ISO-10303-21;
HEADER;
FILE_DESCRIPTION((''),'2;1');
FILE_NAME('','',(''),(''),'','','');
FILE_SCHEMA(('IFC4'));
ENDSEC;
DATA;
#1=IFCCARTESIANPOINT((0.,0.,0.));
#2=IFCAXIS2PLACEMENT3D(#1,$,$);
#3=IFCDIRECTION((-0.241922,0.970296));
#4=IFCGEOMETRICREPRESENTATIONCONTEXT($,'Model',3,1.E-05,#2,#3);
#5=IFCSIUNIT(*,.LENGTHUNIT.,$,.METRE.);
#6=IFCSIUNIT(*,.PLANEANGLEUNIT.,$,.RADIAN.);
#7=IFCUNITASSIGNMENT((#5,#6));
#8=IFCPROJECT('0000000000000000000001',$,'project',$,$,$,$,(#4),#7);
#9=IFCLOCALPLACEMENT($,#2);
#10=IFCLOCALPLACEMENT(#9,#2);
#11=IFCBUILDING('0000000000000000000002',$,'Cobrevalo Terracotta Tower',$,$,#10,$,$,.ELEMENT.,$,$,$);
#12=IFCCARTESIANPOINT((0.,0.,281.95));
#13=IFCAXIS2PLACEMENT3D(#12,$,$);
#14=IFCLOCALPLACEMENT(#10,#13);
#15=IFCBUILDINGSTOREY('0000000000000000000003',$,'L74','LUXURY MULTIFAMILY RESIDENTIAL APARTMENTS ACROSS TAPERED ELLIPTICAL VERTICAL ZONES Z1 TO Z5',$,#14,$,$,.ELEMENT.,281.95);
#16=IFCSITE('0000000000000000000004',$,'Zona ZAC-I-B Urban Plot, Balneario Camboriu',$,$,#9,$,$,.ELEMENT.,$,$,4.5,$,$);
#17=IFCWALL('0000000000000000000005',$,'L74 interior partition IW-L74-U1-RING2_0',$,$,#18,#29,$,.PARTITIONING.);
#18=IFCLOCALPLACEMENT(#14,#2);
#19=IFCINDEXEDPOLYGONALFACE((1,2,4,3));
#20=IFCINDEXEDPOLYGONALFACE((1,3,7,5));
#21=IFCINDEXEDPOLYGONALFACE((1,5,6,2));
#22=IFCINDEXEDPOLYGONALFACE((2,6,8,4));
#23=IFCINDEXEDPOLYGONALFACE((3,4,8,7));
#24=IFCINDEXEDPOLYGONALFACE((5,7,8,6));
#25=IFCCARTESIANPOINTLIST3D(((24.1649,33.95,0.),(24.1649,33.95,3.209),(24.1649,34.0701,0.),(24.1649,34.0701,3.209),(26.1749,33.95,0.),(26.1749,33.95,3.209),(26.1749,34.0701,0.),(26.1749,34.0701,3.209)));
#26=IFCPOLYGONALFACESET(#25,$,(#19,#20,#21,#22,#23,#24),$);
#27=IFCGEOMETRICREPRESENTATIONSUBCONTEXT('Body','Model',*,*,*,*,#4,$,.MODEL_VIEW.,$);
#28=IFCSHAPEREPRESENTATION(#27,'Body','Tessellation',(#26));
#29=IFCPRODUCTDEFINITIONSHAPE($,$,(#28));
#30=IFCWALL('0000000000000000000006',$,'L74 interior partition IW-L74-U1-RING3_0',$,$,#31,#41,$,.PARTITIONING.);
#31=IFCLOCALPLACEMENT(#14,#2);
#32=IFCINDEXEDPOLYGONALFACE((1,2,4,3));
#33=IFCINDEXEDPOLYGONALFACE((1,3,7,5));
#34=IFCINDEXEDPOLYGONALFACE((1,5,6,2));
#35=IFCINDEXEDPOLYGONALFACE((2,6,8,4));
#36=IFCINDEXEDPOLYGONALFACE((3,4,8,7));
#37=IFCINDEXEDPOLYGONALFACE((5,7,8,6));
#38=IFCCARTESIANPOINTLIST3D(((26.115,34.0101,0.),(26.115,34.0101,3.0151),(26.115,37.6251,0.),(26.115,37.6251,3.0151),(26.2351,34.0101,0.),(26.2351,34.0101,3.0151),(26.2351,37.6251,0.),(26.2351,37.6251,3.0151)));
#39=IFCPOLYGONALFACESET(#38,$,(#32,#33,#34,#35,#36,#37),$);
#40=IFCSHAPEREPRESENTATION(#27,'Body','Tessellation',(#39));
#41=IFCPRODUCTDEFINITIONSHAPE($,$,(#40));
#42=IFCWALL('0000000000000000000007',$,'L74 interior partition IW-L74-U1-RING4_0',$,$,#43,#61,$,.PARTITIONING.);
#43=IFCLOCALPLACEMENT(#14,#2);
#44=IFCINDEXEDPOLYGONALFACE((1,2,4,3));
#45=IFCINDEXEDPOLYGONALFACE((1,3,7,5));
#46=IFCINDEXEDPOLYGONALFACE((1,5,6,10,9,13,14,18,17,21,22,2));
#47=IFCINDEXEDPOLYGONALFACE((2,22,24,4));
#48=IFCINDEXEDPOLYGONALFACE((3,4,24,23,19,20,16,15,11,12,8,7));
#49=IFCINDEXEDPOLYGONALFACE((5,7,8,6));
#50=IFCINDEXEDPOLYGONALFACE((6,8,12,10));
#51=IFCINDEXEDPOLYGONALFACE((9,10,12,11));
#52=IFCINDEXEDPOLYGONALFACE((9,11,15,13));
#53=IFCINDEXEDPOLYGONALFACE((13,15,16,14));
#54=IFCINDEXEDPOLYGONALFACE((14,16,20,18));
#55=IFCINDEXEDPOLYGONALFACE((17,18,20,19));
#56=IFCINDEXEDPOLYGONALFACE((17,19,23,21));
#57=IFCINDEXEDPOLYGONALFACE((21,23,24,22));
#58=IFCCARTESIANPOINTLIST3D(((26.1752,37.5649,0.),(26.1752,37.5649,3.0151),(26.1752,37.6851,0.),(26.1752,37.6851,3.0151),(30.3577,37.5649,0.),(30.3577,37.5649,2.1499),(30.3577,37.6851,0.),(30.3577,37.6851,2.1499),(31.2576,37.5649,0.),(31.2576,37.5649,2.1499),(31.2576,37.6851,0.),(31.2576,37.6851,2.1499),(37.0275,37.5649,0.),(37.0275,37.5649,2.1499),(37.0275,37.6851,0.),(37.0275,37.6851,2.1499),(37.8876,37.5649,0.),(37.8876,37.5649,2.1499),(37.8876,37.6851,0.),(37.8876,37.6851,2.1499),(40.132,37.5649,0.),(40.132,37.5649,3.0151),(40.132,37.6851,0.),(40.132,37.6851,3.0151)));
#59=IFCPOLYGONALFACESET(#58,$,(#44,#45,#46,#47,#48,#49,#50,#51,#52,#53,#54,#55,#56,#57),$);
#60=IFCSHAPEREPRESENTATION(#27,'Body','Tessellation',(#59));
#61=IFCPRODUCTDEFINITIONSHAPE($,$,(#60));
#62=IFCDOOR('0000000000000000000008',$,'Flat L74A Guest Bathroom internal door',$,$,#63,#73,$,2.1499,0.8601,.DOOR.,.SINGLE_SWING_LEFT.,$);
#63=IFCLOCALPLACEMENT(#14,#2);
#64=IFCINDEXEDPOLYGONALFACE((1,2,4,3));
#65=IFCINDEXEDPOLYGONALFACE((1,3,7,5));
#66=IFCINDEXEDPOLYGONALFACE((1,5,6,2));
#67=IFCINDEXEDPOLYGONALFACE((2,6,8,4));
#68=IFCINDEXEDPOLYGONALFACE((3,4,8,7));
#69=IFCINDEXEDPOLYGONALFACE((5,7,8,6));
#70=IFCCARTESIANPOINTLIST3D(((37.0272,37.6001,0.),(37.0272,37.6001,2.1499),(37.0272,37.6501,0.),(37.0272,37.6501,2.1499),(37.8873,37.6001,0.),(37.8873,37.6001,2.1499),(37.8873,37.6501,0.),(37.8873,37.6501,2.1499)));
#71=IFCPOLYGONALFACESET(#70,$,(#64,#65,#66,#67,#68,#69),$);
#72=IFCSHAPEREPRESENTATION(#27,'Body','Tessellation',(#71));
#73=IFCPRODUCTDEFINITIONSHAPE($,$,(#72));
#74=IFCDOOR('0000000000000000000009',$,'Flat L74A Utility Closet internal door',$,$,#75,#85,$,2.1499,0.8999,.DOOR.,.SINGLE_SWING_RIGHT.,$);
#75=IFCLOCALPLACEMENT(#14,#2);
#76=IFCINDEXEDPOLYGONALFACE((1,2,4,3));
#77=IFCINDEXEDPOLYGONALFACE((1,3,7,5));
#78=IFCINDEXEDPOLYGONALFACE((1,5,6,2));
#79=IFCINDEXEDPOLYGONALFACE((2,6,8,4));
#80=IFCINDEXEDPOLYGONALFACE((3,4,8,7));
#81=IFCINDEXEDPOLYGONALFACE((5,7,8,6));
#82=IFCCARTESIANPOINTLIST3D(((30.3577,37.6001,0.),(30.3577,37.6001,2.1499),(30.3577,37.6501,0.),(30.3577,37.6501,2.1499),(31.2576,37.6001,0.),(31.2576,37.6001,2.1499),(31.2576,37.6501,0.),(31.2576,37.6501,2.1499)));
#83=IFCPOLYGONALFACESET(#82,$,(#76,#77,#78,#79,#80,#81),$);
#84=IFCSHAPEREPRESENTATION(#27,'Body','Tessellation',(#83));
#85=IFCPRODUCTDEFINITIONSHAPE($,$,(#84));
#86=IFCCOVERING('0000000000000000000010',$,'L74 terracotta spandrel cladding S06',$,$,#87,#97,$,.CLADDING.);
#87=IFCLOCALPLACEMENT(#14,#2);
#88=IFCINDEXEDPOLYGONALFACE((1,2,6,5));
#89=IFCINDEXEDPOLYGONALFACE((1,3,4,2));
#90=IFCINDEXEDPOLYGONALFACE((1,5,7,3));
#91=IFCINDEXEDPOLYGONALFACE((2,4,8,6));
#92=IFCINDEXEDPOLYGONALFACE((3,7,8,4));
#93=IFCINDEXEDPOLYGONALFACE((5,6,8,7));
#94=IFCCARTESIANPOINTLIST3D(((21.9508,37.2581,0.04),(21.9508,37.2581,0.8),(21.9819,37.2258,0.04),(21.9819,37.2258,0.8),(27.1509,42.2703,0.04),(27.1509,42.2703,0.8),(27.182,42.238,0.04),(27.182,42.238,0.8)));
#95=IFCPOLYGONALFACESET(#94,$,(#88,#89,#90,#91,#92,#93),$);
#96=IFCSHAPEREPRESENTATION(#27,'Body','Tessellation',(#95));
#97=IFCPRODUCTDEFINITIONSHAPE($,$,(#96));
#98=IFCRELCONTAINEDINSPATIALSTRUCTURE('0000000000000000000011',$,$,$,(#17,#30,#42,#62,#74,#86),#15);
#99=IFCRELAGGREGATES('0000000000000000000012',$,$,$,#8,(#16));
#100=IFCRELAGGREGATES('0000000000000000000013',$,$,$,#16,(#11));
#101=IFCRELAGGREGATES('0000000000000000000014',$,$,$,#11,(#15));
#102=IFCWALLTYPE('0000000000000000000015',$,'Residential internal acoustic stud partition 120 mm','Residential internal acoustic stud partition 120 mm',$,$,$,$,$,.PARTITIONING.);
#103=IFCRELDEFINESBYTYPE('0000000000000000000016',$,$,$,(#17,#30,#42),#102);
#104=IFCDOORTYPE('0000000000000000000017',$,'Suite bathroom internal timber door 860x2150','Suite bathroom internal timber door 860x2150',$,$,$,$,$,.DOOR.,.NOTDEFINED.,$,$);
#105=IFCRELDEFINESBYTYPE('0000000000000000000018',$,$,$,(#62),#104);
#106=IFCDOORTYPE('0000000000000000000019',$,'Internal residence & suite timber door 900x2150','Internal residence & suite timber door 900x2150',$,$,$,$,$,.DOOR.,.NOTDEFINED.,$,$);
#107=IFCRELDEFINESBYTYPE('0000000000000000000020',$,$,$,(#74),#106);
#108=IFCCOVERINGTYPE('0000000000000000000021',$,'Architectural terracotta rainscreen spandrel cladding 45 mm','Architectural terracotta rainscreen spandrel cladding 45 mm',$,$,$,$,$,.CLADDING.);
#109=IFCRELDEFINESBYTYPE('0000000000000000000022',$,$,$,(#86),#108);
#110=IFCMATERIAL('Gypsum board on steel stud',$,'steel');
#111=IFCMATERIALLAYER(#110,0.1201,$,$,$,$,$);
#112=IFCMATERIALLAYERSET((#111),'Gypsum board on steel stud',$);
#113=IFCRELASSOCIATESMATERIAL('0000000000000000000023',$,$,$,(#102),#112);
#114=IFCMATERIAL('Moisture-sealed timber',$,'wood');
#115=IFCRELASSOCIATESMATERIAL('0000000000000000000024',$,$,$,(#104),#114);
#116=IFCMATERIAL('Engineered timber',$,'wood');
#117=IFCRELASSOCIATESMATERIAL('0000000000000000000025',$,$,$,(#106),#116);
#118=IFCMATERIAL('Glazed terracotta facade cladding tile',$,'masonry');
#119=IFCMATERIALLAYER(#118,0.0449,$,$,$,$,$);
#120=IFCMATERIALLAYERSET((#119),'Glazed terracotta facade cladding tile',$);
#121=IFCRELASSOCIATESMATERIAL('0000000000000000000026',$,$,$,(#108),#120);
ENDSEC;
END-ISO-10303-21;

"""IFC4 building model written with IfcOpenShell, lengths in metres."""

from ifc_helpers import new_model, si_unit, direction, frame, frame_2d, origin, origin_2d, place, context, subcontext, project, spatial, rectangle, extrude, source, transform, mapped, material, layer, layer_set, type_object, element, fill, save


model = new_model("IFC4")

# Units and contexts
model_context = context("Model", 3, precision=1e-05, world=origin(), true_north=direction((-0.241922, 0.970296)))
body_context = subcontext(model_context, "Body", "Model", "MODEL_VIEW")
ifc_project = project(units=[si_unit("LENGTHUNIT", "METRE"), si_unit("PLANEANGLEUNIT", "RADIAN")], contexts=[model_context])

# Site, building, storey
site_placement = place(None, origin())
site = spatial("IfcSite", under=ifc_project, at=site_placement, Name="Zona ZAC-I-B Urban Plot, Balneario Camboriu", CompositionType="ELEMENT", RefElevation=4.5)
building_placement = place(site_placement, origin())
building = spatial("IfcBuilding", under=site, at=building_placement, Name="Cobrevalo Terracotta Tower", CompositionType="ELEMENT")
storey_placement = place(building_placement, frame((0.0, 0.0, 281.95)))
storey = spatial("IfcBuildingStorey", under=building, at=storey_placement, Name="L74", Description="LUXURY MULTIFAMILY RESIDENTIAL APARTMENTS ACROSS TAPERED ELLIPTICAL VERTICAL ZONES Z1 TO Z5", CompositionType="ELEMENT", Elevation=281.95)

# Walls
ifc_material_1 = material(Name="Gypsum board on steel stud", Category="steel")
ifc_layer_1 = layer(ifc_material_1, 0.1201)
ifc_layer_set_1 = layer_set([ifc_layer_1], Name="Gypsum board on steel stud")
wall_type_1 = type_object("IfcWallType", Name="Residential internal acoustic stud partition 120 mm", Description="Residential internal acoustic stud partition 120 mm", PredefinedType="PARTITIONING", material=ifc_layer_set_1)
wall_1_placement = place(storey_placement, frame((24.165, 34.01, 0.0), z_axis=(0.0, 0.0, 1.0), x_axis=(1.0, 0.0, 0.0)))
element("IfcWall", 1, at=wall_1_placement, inside=storey, type_object=wall_type_1, Name="L74 interior partition IW-L74-U1-RING2_0", PredefinedType="PARTITIONING", context=body_context, shape_type="SweptSolid", body=[
    extrude(rectangle(XDim=2.01, YDim=0.1201, at=frame_2d((1.0049, 0.0))), origin(), (0.0, 0.0, 1.0), 3.209),
])
wall_2_placement = place(storey_placement, frame((26.175, 34.01, 0.0), z_axis=(0.0, 0.0, 1.0), x_axis=(0.0, 1.0, 0.0)))
element("IfcWall", 2, at=wall_2_placement, inside=storey, type_object=wall_type_1, Name="L74 interior partition IW-L74-U1-RING3_0", PredefinedType="PARTITIONING", context=body_context, shape_type="SweptSolid", body=[
    extrude(rectangle(XDim=3.615, YDim=0.1201, at=frame_2d((1.8076, 0.0))), origin(), (0.0, 0.0, 1.0), 3.0151),
])

# Wall, openings, doors
wall_3_placement = place(storey_placement, frame((26.175, 37.625, 0.0), z_axis=(0.0, 0.0, 1.0), x_axis=(1.0, 0.0, 0.0)))
wall_3 = element("IfcWall", 3, at=wall_3_placement, inside=storey, type_object=wall_type_1, Name="L74 interior partition IW-L74-U1-RING4_0", PredefinedType="PARTITIONING", context=body_context, shape_type="SweptSolid", body=[
    extrude(rectangle(XDim=13.9568, YDim=0.1201, at=frame_2d((6.9785, 0.0))), origin(), (0.0, 0.0, 1.0), 3.0151),
])
opening_1_placement = place(wall_3_placement, frame((10.8523, 0.0, 0.0)))
opening_1 = element("IfcOpeningElement", 4, at=opening_1_placement, cuts=wall_3, PredefinedType="OPENING", context=body_context, shape_type="SweptSolid", body=[
    extrude(rectangle(XDim=0.8601, YDim=2.1499, at=frame_2d((0.4302, 1.075))), frame((0.0, 0.0701, 0.0), z_axis=(0.0, -1.0, 0.0), x_axis=(1.0, 0.0, 0.0)), (0.0, 0.0, 1.0), 0.1401),
])
opening_2_placement = place(wall_3_placement, frame((4.1826, 0.0, 0.0)))
opening_2 = element("IfcOpeningElement", 5, at=opening_2_placement, cuts=wall_3, PredefinedType="OPENING", context=body_context, shape_type="SweptSolid", body=[
    extrude(rectangle(XDim=0.8999, YDim=2.1499, at=frame_2d((0.45, 1.075))), frame((0.0, 0.0701, 0.0), z_axis=(0.0, -1.0, 0.0), x_axis=(1.0, 0.0, 0.0)), (0.0, 0.0, 1.0), 0.1401),
])
ifc_material_2 = material(Name="Moisture-sealed timber", Category="wood")
door_type_1 = type_object("IfcDoorType", Name="Suite bathroom internal timber door 860x2150", Description="Suite bathroom internal timber door 860x2150", OperationType="NOTDEFINED", PredefinedType="DOOR", material=ifc_material_2)
shared_shape_1 = source(origin(), body_context, "Body", "SweptSolid", [
    extrude(rectangle(XDim=0.8601, YDim=2.1499, at=frame_2d((0.4302, 1.075))), frame((0.0, 0.0249, 0.0), z_axis=(0.0, -1.0, 0.0), x_axis=(1.0, 0.0, 0.0)), (0.0, 0.0, 1.0), 0.05),
])
door_1_placement = place(opening_1_placement, frame((0.8601, 0.0, 0.0), z_axis=(0.0, 0.0, 1.0), x_axis=(-1.0, 0.0, 0.0)))
door_1 = element("IfcDoor", 6, at=door_1_placement, inside=storey, type_object=door_type_1, Name="Flat L74A Guest Bathroom internal door", OperationType="SINGLE_SWING_LEFT", OverallHeight=2.1499, OverallWidth=0.8601, PredefinedType="DOOR", context=body_context, shape_type="MappedRepresentation", body=[
    mapped(shared_shape_1, transform((0.0, 0.0, 0.0), scale=1.0)),
])
fill(opening_1, door_1)
ifc_material_3 = material(Name="Engineered timber", Category="wood")
door_type_2 = type_object("IfcDoorType", Name="Internal residence & suite timber door 900x2150", Description="Internal residence & suite timber door 900x2150", OperationType="NOTDEFINED", PredefinedType="DOOR", material=ifc_material_3)
shared_shape_2 = source(origin(), body_context, "Body", "SweptSolid", [
    extrude(rectangle(XDim=0.8999, YDim=2.1499, at=frame_2d((0.45, 1.075))), frame((0.0, 0.0249, 0.0), z_axis=(0.0, -1.0, 0.0), x_axis=(1.0, 0.0, 0.0)), (0.0, 0.0, 1.0), 0.05),
])
door_2_placement = place(opening_2_placement, frame((0.8999, 0.0, 0.0), z_axis=(0.0, 0.0, 1.0), x_axis=(-1.0, 0.0, 0.0)))
door_2 = element("IfcDoor", 7, at=door_2_placement, inside=storey, type_object=door_type_2, Name="Flat L74A Utility Closet internal door", OperationType="SINGLE_SWING_RIGHT", OverallHeight=2.1499, OverallWidth=0.8999, PredefinedType="DOOR", context=body_context, shape_type="MappedRepresentation", body=[
    mapped(shared_shape_2, transform((0.0, 0.0, 0.0), scale=1.0)),
])
fill(opening_2, door_2)

# Covering
ifc_material_4 = material(Name="Glazed terracotta facade cladding tile", Category="masonry")
ifc_layer_2 = layer(ifc_material_4, 0.0449)
ifc_layer_set_2 = layer_set([ifc_layer_2], Name="Glazed terracotta facade cladding tile")
covering_type = type_object("IfcCoveringType", Name="Architectural terracotta rainscreen spandrel cladding 45 mm", Description="Architectural terracotta rainscreen spandrel cladding 45 mm", PredefinedType="CLADDING", material=ifc_layer_set_2)
shared_shape_3 = source(origin(), body_context, "Body", "SweptSolid", [
    extrude(rectangle(XDim=7.2224, YDim=0.0449, at=origin_2d()), origin(), (0.0, 0.0, 1.0), 0.76),
])
covering_placement = place(storey_placement, frame((24.5664, 39.748, 0.04), z_axis=(0.0, 0.0, 1.0), x_axis=(-0.719997, -0.693978, 0.0)))
element("IfcCovering", 8, at=covering_placement, inside=storey, type_object=covering_type, Name="L74 terracotta spandrel cladding S06", PredefinedType="CLADDING", context=body_context, shape_type="MappedRepresentation", body=[
    mapped(shared_shape_3, transform((0.0, 0.0, 0.0), scale=1.0)),
])

save(model, "model.ifc")
